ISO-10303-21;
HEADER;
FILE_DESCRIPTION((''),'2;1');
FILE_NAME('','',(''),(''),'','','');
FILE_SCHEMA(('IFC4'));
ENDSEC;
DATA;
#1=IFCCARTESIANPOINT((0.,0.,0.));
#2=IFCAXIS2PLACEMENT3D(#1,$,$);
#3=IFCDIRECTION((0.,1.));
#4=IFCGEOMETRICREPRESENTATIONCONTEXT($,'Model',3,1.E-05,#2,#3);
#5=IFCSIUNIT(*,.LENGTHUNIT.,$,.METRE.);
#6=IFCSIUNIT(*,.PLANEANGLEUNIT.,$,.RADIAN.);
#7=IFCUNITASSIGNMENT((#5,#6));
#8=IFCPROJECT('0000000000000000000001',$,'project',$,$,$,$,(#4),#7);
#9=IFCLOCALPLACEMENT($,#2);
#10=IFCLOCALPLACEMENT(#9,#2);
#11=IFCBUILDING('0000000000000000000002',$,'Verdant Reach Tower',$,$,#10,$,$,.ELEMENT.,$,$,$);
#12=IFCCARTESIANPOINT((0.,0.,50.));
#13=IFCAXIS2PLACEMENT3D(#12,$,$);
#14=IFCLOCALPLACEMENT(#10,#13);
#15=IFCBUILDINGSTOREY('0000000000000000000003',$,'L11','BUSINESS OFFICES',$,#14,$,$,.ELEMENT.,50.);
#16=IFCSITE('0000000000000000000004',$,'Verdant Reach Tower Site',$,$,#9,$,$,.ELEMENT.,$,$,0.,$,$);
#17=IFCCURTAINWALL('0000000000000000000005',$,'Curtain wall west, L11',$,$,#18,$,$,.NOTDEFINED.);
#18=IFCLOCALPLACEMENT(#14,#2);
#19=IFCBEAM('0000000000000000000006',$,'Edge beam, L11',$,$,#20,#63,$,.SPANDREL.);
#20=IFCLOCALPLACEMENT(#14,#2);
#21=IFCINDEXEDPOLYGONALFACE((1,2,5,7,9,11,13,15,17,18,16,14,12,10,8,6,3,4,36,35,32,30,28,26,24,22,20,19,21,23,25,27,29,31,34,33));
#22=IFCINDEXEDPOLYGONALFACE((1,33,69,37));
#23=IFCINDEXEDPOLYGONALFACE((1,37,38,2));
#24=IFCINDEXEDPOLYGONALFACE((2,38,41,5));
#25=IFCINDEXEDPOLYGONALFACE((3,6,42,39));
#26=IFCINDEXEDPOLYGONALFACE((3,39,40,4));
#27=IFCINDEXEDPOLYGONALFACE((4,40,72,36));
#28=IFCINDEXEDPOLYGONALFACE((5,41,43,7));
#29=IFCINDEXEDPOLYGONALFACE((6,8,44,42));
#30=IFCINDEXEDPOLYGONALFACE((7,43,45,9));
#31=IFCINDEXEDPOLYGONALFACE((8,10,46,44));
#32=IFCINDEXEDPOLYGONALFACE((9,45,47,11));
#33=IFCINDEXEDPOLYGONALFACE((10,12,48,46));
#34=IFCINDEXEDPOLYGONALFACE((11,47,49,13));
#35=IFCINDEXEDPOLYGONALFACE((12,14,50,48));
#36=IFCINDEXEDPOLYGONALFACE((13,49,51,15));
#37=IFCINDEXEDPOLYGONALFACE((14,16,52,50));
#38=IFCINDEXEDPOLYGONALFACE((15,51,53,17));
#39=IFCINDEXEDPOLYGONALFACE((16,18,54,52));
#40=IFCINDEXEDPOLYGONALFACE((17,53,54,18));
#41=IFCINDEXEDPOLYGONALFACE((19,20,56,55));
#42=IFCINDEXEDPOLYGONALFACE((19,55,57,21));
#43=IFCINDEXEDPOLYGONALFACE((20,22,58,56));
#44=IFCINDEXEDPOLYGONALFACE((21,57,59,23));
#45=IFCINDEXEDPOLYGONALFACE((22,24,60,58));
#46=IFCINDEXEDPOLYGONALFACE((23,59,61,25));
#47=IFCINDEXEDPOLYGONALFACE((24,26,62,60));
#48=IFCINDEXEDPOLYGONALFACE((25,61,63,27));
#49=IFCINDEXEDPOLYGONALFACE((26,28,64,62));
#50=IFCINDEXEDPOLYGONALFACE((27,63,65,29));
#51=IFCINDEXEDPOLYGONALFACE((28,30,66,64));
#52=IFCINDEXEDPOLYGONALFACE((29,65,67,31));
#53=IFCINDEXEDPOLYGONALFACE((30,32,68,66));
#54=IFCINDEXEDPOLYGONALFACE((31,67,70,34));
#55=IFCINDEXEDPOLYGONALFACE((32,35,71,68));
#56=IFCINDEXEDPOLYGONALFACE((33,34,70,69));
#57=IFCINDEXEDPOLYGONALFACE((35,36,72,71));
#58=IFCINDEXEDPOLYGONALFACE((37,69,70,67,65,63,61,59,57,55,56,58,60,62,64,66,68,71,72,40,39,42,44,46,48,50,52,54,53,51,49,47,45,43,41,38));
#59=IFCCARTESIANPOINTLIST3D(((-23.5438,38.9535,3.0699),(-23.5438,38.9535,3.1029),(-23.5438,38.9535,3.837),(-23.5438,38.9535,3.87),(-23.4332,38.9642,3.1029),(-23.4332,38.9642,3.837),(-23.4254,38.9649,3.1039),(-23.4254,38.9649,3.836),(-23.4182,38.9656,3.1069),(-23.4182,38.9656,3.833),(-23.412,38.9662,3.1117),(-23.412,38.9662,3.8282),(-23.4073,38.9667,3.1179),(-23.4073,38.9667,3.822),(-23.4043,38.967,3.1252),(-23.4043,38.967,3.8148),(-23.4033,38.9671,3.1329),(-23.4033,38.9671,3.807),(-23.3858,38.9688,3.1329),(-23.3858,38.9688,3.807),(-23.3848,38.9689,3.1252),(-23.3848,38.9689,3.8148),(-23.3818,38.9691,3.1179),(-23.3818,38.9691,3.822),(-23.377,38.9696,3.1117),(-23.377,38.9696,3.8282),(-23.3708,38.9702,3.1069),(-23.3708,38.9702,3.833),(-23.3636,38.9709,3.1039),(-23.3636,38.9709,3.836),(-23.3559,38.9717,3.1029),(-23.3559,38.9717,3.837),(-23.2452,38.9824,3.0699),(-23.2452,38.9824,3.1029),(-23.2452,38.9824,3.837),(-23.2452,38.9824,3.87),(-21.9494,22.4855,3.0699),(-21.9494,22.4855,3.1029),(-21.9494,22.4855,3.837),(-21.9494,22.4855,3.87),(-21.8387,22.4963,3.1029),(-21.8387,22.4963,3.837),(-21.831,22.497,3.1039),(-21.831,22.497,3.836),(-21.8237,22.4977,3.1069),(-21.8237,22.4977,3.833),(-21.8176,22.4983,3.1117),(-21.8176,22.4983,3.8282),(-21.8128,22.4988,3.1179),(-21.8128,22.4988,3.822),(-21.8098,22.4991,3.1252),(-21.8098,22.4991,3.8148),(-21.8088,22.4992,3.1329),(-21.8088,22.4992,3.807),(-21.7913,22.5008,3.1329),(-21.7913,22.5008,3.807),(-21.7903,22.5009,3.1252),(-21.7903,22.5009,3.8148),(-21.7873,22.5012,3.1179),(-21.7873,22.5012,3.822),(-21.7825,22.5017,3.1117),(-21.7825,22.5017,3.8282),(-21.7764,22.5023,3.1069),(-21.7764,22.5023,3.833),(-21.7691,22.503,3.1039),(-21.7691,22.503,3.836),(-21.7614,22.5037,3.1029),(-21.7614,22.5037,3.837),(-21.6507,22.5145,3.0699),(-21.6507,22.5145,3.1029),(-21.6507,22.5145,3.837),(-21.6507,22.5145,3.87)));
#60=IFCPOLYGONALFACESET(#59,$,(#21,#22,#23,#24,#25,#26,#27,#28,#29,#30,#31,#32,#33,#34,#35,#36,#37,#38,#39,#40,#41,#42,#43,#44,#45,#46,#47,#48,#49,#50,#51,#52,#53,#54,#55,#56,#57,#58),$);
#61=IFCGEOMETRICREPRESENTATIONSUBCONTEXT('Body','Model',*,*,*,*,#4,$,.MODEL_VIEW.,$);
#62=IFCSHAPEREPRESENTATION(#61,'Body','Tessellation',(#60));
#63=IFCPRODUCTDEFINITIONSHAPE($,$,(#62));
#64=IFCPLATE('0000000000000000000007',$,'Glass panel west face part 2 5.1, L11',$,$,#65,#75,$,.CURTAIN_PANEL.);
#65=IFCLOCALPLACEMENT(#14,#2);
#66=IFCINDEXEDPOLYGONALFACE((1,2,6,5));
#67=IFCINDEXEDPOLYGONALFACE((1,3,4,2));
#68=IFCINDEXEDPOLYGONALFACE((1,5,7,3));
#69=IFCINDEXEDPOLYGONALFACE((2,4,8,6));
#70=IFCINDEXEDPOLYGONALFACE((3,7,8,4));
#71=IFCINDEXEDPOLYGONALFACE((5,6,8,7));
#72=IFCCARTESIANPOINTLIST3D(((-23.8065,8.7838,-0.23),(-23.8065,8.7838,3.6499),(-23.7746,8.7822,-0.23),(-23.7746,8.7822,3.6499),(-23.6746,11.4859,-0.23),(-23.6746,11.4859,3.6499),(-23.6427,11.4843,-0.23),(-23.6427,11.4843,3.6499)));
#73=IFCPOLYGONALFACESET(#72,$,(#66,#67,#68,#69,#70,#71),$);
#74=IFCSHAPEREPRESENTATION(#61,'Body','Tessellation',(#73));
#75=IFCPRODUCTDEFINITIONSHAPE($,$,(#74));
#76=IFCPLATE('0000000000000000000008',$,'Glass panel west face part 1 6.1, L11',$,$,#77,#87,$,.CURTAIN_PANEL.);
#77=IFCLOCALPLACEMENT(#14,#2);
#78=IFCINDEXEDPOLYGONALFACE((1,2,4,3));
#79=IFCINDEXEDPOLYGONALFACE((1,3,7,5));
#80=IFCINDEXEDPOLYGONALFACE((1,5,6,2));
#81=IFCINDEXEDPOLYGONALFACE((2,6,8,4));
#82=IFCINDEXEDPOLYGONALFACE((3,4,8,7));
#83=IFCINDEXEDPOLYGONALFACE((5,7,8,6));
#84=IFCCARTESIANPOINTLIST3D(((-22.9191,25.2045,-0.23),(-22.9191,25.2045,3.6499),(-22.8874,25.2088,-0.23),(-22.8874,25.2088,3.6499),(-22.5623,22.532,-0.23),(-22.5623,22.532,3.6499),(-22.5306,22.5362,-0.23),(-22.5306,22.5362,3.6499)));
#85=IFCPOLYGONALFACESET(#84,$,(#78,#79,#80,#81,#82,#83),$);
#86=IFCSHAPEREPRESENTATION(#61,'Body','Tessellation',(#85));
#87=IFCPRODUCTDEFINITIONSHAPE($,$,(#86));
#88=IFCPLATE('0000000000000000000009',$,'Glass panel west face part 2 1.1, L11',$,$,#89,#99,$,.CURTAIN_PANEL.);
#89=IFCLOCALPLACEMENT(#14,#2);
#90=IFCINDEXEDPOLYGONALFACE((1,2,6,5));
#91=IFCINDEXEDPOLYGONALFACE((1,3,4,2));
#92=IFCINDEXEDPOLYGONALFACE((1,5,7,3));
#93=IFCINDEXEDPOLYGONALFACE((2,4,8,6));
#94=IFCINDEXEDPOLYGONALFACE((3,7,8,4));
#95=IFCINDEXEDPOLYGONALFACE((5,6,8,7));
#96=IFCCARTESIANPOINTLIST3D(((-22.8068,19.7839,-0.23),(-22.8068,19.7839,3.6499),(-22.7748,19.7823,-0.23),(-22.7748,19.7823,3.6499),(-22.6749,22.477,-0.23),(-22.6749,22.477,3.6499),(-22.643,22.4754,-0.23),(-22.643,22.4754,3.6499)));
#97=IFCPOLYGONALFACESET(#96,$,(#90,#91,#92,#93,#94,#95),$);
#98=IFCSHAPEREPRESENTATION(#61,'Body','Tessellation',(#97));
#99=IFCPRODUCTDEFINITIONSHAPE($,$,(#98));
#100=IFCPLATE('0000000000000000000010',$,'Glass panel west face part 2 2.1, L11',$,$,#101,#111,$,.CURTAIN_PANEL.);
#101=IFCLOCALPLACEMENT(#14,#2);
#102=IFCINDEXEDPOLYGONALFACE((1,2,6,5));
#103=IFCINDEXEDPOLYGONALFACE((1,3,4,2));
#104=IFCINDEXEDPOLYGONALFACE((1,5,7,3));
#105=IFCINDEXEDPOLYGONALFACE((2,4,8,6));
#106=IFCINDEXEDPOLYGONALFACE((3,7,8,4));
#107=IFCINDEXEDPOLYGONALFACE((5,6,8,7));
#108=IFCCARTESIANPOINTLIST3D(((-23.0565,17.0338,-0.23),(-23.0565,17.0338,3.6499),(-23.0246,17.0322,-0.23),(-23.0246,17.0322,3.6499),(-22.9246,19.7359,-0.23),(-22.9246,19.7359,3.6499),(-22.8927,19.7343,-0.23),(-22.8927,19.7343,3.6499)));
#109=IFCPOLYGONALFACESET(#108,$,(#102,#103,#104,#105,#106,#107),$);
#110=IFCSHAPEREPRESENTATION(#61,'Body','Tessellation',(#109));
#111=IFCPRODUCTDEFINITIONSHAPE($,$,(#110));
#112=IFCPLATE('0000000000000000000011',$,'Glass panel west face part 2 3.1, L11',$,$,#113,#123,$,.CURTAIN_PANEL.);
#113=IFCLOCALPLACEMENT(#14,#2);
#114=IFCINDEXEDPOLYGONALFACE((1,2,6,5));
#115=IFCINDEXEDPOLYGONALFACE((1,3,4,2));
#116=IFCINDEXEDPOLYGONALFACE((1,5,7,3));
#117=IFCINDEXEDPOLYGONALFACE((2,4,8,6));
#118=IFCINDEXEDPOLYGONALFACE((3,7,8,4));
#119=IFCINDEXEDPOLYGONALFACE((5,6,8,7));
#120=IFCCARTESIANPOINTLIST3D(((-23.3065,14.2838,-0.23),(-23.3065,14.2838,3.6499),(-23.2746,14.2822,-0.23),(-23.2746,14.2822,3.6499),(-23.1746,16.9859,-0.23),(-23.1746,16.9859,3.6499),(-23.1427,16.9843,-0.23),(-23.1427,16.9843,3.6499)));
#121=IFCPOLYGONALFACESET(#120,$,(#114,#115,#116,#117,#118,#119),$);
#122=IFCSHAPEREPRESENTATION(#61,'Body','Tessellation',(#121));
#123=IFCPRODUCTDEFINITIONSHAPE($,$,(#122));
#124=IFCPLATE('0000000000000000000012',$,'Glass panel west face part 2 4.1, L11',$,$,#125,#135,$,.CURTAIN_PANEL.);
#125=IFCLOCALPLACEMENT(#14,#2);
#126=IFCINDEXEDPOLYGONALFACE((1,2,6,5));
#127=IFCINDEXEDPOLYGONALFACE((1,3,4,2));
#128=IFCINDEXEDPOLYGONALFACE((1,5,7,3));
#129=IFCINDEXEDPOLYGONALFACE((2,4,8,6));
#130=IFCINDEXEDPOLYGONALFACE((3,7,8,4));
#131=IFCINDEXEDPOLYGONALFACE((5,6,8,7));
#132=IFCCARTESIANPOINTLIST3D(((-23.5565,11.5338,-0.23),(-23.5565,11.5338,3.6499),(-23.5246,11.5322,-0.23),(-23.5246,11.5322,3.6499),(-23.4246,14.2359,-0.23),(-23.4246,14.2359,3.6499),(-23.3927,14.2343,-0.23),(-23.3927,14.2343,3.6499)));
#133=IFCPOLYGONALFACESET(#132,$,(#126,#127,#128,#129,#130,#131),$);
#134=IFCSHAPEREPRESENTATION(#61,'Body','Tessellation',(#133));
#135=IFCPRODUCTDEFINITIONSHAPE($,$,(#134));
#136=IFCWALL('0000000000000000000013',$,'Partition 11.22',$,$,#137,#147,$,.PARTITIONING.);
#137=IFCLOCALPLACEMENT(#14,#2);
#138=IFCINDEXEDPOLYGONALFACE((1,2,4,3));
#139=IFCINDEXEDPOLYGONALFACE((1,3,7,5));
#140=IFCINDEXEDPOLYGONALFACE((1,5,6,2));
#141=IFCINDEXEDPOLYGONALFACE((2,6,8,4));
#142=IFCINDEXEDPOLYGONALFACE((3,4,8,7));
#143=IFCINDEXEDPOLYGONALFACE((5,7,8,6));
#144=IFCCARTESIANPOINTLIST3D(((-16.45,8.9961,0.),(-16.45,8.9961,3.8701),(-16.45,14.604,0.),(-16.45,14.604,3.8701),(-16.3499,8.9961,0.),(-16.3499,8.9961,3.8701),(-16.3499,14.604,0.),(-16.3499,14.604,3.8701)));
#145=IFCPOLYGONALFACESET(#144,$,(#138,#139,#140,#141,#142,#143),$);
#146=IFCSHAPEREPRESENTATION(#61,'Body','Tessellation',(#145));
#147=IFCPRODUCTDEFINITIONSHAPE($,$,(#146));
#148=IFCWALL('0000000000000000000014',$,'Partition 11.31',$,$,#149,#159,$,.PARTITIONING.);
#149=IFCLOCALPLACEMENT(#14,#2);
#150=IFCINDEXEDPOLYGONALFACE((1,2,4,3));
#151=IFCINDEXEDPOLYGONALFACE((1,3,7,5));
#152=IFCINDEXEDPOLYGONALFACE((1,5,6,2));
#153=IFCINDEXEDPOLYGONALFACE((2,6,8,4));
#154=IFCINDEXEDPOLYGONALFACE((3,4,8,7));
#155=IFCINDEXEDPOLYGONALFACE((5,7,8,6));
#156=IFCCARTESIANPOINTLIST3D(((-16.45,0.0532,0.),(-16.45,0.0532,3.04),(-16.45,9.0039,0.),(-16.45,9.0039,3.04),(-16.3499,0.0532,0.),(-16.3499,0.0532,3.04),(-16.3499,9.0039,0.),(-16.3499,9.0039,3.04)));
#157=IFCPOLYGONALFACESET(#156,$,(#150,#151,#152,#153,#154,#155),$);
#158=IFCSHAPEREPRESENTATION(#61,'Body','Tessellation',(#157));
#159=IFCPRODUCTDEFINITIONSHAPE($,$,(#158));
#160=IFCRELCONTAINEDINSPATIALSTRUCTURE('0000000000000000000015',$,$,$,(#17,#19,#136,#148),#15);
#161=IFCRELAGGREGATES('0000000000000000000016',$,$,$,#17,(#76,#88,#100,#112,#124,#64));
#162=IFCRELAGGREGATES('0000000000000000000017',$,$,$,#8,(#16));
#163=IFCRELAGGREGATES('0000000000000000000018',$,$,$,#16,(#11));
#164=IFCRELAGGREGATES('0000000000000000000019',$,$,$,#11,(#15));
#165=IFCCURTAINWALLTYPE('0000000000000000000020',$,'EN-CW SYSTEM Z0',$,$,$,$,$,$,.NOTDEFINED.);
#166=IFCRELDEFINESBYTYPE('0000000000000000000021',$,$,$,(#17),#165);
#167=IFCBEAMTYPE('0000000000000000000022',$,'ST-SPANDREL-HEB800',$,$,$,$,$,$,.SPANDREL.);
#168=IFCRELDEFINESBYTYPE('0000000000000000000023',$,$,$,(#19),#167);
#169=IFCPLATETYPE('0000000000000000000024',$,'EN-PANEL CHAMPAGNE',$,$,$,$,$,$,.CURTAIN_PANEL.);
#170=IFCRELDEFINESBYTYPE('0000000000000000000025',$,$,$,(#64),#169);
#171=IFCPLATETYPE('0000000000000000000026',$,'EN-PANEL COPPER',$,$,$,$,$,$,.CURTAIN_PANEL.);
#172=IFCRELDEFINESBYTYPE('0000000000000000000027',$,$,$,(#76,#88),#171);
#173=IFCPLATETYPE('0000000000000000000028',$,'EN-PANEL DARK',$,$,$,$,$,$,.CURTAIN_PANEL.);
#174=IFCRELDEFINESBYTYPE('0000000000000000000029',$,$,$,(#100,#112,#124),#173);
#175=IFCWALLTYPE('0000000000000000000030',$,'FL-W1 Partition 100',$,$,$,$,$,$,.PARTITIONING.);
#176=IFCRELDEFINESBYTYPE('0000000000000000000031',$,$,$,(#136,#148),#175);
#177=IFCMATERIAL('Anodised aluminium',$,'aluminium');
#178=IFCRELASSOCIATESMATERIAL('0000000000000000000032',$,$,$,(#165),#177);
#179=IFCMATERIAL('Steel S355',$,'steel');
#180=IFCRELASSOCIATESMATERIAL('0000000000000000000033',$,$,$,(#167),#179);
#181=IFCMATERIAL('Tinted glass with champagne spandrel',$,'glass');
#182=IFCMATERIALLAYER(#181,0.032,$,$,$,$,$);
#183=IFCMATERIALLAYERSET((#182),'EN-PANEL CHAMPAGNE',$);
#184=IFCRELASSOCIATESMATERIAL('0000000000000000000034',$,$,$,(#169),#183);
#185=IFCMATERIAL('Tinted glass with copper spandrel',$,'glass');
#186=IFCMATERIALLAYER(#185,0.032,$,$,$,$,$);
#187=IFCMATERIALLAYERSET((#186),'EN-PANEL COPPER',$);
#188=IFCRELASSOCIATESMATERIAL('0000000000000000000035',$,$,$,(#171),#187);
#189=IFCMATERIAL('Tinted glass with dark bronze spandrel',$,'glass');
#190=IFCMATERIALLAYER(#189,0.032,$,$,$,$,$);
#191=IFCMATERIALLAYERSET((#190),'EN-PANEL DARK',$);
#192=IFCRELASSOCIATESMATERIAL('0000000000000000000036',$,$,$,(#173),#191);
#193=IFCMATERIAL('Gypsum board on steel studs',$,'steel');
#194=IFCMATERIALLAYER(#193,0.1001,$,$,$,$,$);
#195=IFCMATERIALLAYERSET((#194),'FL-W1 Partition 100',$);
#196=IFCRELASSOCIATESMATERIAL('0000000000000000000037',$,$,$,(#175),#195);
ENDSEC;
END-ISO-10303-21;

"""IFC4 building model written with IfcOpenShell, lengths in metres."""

from ifc_helpers import new_model, si_unit, direction, frame, frame_2d, origin, origin_2d, place, context, subcontext, project, spatial, rectangle, i_section, extrude, material, layer, layer_set, material_profile, profile_set, type_object, element, aggregate, save


model = new_model("IFC4")

# Units and contexts
model_context = context("Model", 3, precision=1e-05, world=origin(), true_north=direction((0.0, 1.0)))
body_context = subcontext(model_context, "Body", "Model", "MODEL_VIEW")
ifc_project = project(units=[si_unit("LENGTHUNIT", "METRE"), si_unit("PLANEANGLEUNIT", "RADIAN")], contexts=[model_context])

# Site, building, storey
site_placement = place(None, origin())
site = spatial("IfcSite", under=ifc_project, at=site_placement, Name="Verdant Reach Tower Site", CompositionType="ELEMENT", RefElevation=0.0)
building_placement = place(site_placement, origin())
building = spatial("IfcBuilding", under=site, at=building_placement, Name="Verdant Reach Tower", CompositionType="ELEMENT")
storey_placement = place(building_placement, frame((0.0, 0.0, 50.0)))
storey = spatial("IfcBuildingStorey", under=building, at=storey_placement, Name="L11", Description="BUSINESS OFFICES", CompositionType="ELEMENT", Elevation=50.0)

# Curtain wall
ifc_material_1 = material(Name="Anodised aluminium", Category="aluminium")
curtain_wall_type = type_object("IfcCurtainWallType", Name="EN-CW SYSTEM Z0", PredefinedType="NOTDEFINED", material=ifc_material_1)
curtain_wall_placement = place(storey_placement, origin())
curtain_wall = element("IfcCurtainWall", 1, at=curtain_wall_placement, inside=storey, type_object=curtain_wall_type, Name="Curtain wall west, L11", PredefinedType="NOTDEFINED")

# Beam
ifc_material_2 = material(Name="Steel S355", Category="steel")
ifc_material_profile_1 = material_profile(ifc_material_2, i_section(OverallWidth=0.3, OverallDepth=0.8, WebThickness=0.0176, FlangeThickness=0.033, FilletRadius=0.03, at=origin_2d()), Name="HEB 800")
ifc_profile_set_1 = profile_set([ifc_material_profile_1], Name="Steel S355")
beam_type_1 = type_object("IfcBeamType", Name="ST-SPANDREL-HEB800", PredefinedType="SPANDREL", material=ifc_profile_set_1)
beam_1_placement = place(storey_placement, frame((-21.8, 22.5, 3.47), z_axis=(-0.096372, 0.995345, 0.0), x_axis=(-0.995345, -0.096372, 0.0)))
element("IfcBeam", 2, at=beam_1_placement, inside=storey, type_object=beam_type_1, Name="Edge beam, L11", PredefinedType="SPANDREL", context=body_context, shape_type="SweptSolid", body=[
    extrude(i_section(OverallWidth=0.3, OverallDepth=0.8, WebThickness=0.0176, FlangeThickness=0.033, FilletRadius=0.03, at=origin_2d()), origin(), (0.0, 0.0, 1.0), 16.5449),
])

# Plates
ifc_material_3 = material(Name="Tinted glass with champagne spandrel", Category="glass")
ifc_layer_1 = layer(ifc_material_3, 0.032)
ifc_layer_set_1 = layer_set([ifc_layer_1], Name="EN-PANEL CHAMPAGNE")
plate_type_1 = type_object("IfcPlateType", Name="EN-PANEL CHAMPAGNE", PredefinedType="CURTAIN_PANEL", material=ifc_layer_set_1)
plate_1_placement = place(storey_placement, frame((-23.7246, 10.134, -0.23), z_axis=(0.0, 0.0, 1.0), x_axis=(-0.048753, -0.998811, 0.0)))
plate_1 = element("IfcPlate", 3, at=plate_1_placement, type_object=plate_type_1, Name="Glass panel west face part 2 5.1, L11", PredefinedType="CURTAIN_PANEL", context=body_context, shape_type="SweptSolid", body=[
    extrude(rectangle(XDim=2.7053, YDim=0.032, at=origin_2d()), origin(), (0.0, 0.0, 1.0), 3.8799),
])
ifc_material_4 = material(Name="Tinted glass with copper spandrel", Category="glass")
ifc_layer_2 = layer(ifc_material_4, 0.032)
ifc_layer_set_2 = layer_set([ifc_layer_2], Name="EN-PANEL COPPER")
plate_type_2 = type_object("IfcPlateType", Name="EN-PANEL COPPER", PredefinedType="CURTAIN_PANEL", material=ifc_layer_set_2)
plate_2_placement = place(storey_placement, frame((-22.7249, 23.8704, -0.23), z_axis=(0.0, 0.0, 1.0), x_axis=(0.132308, -0.991209, 0.0)))
plate_2 = element("IfcPlate", 4, at=plate_2_placement, type_object=plate_type_2, Name="Glass panel west face part 1 6.1, L11", PredefinedType="CURTAIN_PANEL", context=body_context, shape_type="SweptSolid", body=[
    extrude(rectangle(XDim=2.6963, YDim=0.032, at=origin_2d()), origin(), (0.0, 0.0, 1.0), 3.8799),
])
plate_3_placement = place(storey_placement, frame((-22.7249, 21.1296, -0.23), z_axis=(0.0, 0.0, 1.0), x_axis=(-0.048902, -0.998804, 0.0)))
plate_3 = element("IfcPlate", 5, at=plate_3_placement, type_object=plate_type_2, Name="Glass panel west face part 2 1.1, L11", PredefinedType="CURTAIN_PANEL", context=body_context, shape_type="SweptSolid", body=[
    extrude(rectangle(XDim=2.6963, YDim=0.032, at=origin_2d()), origin(), (0.0, 0.0, 1.0), 3.8799),
])
ifc_material_5 = material(Name="Tinted glass with dark bronze spandrel", Category="glass")
ifc_layer_3 = layer(ifc_material_5, 0.032)
ifc_layer_set_3 = layer_set([ifc_layer_3], Name="EN-PANEL DARK")
plate_type_3 = type_object("IfcPlateType", Name="EN-PANEL DARK", PredefinedType="CURTAIN_PANEL", material=ifc_layer_set_3)
plate_4_placement = place(storey_placement, frame((-22.9746, 18.384, -0.23), z_axis=(0.0, 0.0, 1.0), x_axis=(-0.048753, -0.998811, 0.0)))
plate_4 = element("IfcPlate", 6, at=plate_4_placement, type_object=plate_type_3, Name="Glass panel west face part 2 2.1, L11", PredefinedType="CURTAIN_PANEL", context=body_context, shape_type="SweptSolid", body=[
    extrude(rectangle(XDim=2.7053, YDim=0.032, at=origin_2d()), origin(), (0.0, 0.0, 1.0), 3.8799),
])
plate_5_placement = place(storey_placement, frame((-23.2246, 15.634, -0.23), z_axis=(0.0, 0.0, 1.0), x_axis=(-0.048753, -0.998811, 0.0)))
plate_5 = element("IfcPlate", 7, at=plate_5_placement, type_object=plate_type_3, Name="Glass panel west face part 2 3.1, L11", PredefinedType="CURTAIN_PANEL", context=body_context, shape_type="SweptSolid", body=[
    extrude(rectangle(XDim=2.7053, YDim=0.032, at=origin_2d()), origin(), (0.0, 0.0, 1.0), 3.8799),
])
plate_6_placement = place(storey_placement, frame((-23.4746, 12.884, -0.23), z_axis=(0.0, 0.0, 1.0), x_axis=(-0.048753, -0.998811, 0.0)))
plate_6 = element("IfcPlate", 8, at=plate_6_placement, type_object=plate_type_3, Name="Glass panel west face part 2 4.1, L11", PredefinedType="CURTAIN_PANEL", context=body_context, shape_type="SweptSolid", body=[
    extrude(rectangle(XDim=2.7053, YDim=0.032, at=origin_2d()), origin(), (0.0, 0.0, 1.0), 3.8799),
])
aggregate(curtain_wall, [plate_2, plate_3, plate_4, plate_5, plate_6, plate_1])

# Walls
ifc_material_6 = material(Name="Gypsum board on steel studs", Category="steel")
ifc_layer_4 = layer(ifc_material_6, 0.1001)
ifc_layer_set_4 = layer_set([ifc_layer_4], Name="FL-W1 Partition 100")
wall_type_1 = type_object("IfcWallType", Name="FL-W1 Partition 100", PredefinedType="PARTITIONING", material=ifc_layer_set_4)
wall_1_placement = place(storey_placement, frame((-16.3999, 14.604, 0.0), z_axis=(0.0, 0.0, 1.0), x_axis=(0.0, -1.0, 0.0)))
element("IfcWall", 9, at=wall_1_placement, inside=storey, type_object=wall_type_1, Name="Partition 11.22", PredefinedType="PARTITIONING", context=body_context, shape_type="SweptSolid", body=[
    extrude(rectangle(XDim=5.6079, YDim=0.1001, at=frame_2d((2.804, 0.0))), origin(), (0.0, 0.0, 1.0), 3.8701),
])
wall_2_placement = place(storey_placement, frame((-16.3999, 9.0039, 0.0), z_axis=(0.0, 0.0, 1.0), x_axis=(0.0, -1.0, 0.0)))
element("IfcWall", 10, at=wall_2_placement, inside=storey, type_object=wall_type_1, Name="Partition 11.31", PredefinedType="PARTITIONING", context=body_context, shape_type="SweptSolid", body=[
    extrude(rectangle(XDim=8.9507, YDim=0.1001, at=frame_2d((4.4753, 0.0))), origin(), (0.0, 0.0, 1.0), 3.04),
])

save(model, "model.ifc")
